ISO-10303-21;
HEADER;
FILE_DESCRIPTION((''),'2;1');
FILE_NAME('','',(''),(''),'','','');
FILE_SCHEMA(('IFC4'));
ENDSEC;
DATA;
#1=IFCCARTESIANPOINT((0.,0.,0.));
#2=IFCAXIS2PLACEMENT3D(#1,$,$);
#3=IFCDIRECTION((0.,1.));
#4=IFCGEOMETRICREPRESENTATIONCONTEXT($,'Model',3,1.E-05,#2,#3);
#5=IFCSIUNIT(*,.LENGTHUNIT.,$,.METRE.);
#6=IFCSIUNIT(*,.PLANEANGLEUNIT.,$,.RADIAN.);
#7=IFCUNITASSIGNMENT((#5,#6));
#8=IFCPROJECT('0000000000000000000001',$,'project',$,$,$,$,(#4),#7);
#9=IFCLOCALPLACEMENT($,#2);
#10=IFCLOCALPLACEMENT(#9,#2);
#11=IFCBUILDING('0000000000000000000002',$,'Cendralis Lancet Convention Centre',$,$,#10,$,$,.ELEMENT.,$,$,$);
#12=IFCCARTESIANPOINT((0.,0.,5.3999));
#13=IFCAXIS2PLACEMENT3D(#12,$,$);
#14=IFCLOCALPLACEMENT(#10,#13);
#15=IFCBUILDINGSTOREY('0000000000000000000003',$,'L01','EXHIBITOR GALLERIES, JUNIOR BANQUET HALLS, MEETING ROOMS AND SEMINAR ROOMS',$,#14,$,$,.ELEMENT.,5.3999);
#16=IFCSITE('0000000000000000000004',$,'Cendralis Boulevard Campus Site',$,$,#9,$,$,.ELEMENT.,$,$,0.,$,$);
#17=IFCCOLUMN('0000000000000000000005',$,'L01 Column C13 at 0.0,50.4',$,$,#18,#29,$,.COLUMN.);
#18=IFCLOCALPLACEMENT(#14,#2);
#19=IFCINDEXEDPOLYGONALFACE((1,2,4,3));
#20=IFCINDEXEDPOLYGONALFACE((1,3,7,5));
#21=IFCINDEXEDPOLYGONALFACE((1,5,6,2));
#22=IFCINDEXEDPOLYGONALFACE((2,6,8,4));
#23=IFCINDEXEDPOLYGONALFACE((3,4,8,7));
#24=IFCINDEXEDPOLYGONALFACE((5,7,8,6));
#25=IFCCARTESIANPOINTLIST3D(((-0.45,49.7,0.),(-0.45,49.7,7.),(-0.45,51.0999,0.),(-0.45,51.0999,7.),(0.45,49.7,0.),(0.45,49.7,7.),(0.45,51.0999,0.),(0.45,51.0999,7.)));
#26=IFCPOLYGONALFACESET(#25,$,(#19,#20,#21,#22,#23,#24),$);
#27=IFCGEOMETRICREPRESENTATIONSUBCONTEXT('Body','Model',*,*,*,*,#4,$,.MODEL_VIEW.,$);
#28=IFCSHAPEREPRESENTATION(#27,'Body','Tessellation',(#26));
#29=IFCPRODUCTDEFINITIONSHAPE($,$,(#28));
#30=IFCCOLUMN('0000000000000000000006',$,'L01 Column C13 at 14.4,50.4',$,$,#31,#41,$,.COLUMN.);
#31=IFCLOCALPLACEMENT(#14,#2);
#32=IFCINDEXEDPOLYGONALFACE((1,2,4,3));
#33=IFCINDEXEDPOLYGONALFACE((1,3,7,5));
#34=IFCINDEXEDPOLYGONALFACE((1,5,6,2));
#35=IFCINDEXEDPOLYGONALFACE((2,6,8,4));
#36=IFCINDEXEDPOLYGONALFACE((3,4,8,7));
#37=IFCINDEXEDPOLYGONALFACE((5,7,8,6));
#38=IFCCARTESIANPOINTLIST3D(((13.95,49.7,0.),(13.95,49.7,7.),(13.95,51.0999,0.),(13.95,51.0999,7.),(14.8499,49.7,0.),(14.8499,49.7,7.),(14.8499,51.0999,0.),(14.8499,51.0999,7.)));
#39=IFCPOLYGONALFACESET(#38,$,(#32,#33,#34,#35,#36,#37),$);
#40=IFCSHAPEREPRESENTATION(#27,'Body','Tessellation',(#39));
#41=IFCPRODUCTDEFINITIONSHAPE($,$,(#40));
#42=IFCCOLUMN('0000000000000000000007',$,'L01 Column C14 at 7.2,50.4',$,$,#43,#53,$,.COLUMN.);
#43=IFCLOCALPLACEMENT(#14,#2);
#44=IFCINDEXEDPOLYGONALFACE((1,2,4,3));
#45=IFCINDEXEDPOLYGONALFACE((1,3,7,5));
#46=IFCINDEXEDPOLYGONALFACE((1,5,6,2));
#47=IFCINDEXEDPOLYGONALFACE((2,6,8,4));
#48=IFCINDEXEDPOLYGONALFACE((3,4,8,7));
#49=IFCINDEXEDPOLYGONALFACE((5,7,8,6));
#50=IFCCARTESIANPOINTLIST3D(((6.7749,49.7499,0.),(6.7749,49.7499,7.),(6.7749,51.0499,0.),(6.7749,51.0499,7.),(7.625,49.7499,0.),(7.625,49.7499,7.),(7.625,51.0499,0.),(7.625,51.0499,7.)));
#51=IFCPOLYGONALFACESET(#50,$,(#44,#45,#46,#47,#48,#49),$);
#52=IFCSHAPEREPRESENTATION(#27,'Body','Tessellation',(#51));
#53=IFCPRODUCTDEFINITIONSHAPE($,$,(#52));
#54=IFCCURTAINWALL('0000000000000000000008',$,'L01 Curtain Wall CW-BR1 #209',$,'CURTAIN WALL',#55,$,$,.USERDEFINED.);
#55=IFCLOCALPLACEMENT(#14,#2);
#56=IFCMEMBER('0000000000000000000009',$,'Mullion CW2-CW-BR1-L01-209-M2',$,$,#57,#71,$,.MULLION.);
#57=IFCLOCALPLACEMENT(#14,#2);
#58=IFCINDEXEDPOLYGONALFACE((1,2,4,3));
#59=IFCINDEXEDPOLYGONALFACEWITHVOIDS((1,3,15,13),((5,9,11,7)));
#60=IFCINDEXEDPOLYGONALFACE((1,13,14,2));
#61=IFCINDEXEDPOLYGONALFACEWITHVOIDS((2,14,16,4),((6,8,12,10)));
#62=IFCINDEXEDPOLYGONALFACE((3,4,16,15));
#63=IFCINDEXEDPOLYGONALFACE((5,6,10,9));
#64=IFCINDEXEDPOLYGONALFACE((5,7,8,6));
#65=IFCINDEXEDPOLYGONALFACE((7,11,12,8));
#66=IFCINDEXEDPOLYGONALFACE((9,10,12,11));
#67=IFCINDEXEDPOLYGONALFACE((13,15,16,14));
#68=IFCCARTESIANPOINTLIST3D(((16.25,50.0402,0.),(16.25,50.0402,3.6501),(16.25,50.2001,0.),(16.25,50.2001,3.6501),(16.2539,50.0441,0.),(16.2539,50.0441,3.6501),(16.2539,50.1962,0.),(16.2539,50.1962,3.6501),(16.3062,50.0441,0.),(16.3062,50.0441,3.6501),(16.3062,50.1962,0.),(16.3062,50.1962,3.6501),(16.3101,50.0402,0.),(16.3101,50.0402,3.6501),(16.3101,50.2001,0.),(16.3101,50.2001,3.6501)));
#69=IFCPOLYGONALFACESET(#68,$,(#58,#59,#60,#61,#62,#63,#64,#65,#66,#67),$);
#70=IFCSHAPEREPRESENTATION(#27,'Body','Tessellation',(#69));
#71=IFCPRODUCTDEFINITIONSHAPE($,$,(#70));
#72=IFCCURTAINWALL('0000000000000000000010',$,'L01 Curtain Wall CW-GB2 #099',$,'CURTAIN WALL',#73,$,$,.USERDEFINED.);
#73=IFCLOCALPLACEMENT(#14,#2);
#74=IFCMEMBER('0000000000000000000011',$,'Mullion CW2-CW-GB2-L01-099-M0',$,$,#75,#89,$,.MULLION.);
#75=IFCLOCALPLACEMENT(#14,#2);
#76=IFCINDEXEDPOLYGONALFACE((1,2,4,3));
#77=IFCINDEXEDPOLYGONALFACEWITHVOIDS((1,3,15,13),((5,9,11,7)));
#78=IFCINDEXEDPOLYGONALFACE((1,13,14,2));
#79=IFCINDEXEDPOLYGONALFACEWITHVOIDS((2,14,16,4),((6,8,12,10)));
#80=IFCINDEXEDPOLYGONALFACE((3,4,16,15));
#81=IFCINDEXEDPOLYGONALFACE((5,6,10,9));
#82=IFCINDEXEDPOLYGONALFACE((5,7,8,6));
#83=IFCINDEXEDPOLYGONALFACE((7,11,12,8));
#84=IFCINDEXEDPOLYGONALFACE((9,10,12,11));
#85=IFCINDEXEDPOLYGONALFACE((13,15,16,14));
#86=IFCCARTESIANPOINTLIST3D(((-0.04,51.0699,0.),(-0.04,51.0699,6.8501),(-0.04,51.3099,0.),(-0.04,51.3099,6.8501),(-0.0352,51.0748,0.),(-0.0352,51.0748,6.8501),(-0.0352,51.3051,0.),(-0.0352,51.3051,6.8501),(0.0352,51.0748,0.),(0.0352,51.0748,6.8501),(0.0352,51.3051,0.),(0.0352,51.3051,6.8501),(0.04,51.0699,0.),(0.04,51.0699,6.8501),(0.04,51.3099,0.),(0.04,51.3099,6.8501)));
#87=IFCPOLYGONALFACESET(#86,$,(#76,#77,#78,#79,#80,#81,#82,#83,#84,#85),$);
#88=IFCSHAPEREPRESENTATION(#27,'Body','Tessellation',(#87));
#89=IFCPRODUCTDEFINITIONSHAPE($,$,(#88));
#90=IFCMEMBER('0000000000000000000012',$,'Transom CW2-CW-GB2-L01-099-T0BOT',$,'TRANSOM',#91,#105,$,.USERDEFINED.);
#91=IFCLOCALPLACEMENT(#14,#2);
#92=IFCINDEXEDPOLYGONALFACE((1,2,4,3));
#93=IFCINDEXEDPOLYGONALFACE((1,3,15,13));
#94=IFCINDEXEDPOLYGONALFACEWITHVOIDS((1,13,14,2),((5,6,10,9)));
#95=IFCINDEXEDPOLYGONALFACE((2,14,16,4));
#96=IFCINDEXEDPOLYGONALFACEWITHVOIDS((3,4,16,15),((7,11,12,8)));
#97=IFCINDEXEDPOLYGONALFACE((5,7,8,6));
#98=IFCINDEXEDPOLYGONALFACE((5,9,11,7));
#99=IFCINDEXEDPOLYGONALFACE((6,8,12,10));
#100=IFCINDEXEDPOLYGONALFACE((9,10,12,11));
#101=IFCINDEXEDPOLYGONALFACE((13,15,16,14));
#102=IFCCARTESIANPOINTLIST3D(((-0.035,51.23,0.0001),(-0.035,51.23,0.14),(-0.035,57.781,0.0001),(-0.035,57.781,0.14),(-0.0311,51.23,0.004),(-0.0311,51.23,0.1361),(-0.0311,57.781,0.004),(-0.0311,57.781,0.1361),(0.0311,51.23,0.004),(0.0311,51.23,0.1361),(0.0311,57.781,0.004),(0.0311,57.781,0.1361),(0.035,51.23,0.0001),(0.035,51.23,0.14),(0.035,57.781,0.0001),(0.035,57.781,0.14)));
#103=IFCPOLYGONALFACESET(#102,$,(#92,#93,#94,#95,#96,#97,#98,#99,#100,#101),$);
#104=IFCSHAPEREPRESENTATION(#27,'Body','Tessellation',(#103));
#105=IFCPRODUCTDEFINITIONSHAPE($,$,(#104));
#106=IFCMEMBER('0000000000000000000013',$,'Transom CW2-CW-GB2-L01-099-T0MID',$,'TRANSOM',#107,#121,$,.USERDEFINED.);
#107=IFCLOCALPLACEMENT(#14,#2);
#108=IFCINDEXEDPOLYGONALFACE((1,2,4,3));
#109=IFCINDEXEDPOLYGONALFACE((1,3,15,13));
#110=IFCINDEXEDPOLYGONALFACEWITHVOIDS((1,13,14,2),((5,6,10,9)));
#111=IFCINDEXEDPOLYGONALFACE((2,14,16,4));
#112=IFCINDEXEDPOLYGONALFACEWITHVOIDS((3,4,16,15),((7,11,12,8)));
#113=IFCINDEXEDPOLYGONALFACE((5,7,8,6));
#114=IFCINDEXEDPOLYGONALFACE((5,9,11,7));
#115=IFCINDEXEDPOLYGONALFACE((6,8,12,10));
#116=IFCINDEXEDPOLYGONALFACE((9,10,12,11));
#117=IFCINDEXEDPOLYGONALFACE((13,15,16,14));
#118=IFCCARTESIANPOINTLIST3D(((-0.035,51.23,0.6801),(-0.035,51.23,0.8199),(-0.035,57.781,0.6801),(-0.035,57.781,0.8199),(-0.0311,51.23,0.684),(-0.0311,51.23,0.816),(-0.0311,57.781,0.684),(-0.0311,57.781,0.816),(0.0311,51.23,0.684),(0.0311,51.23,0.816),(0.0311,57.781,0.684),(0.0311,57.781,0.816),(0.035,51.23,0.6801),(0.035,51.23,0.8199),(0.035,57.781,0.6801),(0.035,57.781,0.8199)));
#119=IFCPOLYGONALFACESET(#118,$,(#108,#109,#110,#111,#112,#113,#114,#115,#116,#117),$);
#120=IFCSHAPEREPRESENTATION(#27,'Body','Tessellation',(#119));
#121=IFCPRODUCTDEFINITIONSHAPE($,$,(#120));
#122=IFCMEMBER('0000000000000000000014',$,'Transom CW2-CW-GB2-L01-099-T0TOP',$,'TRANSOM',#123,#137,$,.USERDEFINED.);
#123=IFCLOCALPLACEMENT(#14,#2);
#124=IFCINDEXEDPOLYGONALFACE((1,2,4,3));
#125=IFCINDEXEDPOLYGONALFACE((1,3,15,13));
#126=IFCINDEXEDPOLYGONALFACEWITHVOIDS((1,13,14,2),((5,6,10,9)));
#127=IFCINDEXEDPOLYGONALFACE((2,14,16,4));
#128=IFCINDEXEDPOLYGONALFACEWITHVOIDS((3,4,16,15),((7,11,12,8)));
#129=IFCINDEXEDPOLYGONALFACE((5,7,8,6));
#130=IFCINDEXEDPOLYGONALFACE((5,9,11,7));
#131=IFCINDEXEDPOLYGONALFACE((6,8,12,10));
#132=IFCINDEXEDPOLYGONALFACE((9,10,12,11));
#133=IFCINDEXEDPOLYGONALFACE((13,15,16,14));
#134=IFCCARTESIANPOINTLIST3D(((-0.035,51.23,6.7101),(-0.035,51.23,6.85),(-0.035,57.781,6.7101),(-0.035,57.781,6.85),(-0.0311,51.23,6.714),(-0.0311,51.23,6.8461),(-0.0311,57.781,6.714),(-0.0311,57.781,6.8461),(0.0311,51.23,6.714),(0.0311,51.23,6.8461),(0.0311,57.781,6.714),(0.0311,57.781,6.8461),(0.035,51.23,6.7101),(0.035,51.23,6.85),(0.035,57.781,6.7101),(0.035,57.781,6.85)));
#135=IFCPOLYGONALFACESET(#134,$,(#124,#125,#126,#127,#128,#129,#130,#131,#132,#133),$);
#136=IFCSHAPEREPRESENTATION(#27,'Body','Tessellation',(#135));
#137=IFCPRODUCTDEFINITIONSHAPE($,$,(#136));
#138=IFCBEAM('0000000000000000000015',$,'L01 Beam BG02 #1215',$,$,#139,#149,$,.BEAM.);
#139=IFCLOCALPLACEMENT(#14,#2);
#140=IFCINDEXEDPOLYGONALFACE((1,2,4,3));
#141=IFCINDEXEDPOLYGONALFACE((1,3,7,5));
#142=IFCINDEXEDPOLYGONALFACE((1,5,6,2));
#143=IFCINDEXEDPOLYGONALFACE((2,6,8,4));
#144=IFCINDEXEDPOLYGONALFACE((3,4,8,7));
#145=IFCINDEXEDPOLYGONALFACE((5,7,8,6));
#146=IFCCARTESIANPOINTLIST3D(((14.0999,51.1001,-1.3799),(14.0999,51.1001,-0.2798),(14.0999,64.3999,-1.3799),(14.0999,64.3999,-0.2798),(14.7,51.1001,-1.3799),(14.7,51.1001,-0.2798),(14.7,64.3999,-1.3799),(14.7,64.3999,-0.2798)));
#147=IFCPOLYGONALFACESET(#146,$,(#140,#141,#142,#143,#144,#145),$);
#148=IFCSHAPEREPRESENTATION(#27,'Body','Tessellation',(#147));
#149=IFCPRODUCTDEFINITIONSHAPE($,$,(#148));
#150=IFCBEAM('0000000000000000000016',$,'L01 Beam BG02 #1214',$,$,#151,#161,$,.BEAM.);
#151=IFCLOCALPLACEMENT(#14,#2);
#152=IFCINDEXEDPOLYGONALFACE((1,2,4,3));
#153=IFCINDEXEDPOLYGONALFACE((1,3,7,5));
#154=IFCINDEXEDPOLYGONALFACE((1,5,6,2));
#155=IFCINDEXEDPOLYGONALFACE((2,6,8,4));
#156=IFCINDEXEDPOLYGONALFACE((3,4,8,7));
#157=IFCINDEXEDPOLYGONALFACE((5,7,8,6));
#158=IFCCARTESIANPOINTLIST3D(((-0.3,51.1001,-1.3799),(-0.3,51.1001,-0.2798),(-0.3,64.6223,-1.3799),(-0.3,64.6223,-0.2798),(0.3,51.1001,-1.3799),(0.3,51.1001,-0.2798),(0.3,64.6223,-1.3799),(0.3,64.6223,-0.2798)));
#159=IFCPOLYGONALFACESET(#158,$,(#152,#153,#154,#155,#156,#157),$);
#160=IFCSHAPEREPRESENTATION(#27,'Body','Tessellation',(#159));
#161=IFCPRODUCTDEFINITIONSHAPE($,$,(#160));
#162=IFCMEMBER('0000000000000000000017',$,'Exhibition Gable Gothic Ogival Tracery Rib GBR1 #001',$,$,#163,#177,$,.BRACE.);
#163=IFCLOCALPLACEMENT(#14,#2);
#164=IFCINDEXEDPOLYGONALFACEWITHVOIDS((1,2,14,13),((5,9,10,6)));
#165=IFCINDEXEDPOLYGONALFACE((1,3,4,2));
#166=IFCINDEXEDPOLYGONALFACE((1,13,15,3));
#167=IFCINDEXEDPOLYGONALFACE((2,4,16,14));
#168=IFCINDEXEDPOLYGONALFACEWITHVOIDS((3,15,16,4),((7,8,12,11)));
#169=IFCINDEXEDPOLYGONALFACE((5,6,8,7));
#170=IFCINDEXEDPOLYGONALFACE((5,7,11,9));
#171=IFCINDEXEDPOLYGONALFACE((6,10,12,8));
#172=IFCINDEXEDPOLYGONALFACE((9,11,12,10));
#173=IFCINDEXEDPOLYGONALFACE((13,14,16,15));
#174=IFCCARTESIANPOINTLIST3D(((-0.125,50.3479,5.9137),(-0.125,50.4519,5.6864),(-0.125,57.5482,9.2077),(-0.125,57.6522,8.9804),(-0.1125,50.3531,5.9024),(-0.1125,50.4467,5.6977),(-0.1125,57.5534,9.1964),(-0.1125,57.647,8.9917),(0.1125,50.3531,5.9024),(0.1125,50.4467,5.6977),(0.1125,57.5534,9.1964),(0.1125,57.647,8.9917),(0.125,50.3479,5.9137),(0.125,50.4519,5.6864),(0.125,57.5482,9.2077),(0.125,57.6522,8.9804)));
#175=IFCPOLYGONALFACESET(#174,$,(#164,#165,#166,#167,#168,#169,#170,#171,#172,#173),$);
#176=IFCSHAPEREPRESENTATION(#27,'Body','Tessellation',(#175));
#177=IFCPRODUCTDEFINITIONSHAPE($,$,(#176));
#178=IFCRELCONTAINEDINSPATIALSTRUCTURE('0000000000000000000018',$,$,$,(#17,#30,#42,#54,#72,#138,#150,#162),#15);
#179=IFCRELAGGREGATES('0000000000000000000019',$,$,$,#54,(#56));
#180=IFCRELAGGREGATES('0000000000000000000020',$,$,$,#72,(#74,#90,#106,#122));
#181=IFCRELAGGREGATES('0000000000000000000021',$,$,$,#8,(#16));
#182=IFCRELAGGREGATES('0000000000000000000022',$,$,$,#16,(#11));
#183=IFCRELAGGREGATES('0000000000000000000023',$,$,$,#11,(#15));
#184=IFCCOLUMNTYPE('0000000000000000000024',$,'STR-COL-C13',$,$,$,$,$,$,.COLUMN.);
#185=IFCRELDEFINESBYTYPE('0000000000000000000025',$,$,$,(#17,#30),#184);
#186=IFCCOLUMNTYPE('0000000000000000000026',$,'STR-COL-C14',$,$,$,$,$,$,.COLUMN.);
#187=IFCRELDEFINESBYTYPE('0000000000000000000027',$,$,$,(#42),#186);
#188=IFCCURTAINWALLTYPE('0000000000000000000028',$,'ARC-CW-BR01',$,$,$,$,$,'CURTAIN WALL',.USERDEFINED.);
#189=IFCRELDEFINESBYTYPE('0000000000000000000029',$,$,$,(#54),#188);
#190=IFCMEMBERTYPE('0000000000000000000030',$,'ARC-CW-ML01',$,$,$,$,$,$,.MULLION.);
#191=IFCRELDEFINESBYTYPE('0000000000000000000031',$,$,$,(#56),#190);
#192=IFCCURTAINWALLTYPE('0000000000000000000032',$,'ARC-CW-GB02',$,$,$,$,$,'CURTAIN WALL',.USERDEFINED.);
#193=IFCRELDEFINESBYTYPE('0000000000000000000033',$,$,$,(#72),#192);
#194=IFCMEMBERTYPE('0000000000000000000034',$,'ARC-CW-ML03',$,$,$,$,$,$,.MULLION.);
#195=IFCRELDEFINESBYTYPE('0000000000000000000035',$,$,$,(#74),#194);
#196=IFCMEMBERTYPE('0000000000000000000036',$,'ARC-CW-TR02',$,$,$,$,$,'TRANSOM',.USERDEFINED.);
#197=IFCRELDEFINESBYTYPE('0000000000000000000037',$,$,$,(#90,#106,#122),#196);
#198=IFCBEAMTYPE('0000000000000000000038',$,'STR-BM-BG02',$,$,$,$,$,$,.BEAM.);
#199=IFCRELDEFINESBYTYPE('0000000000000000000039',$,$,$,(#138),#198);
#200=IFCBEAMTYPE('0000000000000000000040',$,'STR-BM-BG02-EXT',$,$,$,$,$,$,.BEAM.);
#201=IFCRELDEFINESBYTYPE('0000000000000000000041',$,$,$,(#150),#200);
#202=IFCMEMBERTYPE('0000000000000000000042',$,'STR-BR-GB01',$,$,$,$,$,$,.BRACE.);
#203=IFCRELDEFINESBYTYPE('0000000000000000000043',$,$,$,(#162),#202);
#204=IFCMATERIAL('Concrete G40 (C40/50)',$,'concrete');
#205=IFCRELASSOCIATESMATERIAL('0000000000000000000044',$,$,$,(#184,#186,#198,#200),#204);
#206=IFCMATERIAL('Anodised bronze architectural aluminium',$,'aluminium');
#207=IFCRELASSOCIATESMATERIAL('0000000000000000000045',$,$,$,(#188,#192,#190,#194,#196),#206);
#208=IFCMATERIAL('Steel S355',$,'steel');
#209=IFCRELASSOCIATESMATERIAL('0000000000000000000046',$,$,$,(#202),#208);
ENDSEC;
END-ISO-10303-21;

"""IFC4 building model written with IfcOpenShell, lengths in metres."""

from ifc_helpers import new_model, si_unit, direction, frame, origin, origin_2d, place, context, subcontext, project, spatial, rectangle, hollow_rectangle, extrude, material, material_profile, profile_set, type_object, element, aggregate, save


model = new_model("IFC4")

# Units and contexts
model_context = context("Model", 3, precision=1e-05, world=origin(), true_north=direction((0.0, 1.0)))
body_context = subcontext(model_context, "Body", "Model", "MODEL_VIEW")
ifc_project = project(units=[si_unit("LENGTHUNIT", "METRE"), si_unit("PLANEANGLEUNIT", "RADIAN")], contexts=[model_context])

# Site, building, storey
site_placement = place(None, origin())
site = spatial("IfcSite", under=ifc_project, at=site_placement, Name="Cendralis Boulevard Campus Site", CompositionType="ELEMENT", RefElevation=0.0)
building_placement = place(site_placement, origin())
building = spatial("IfcBuilding", under=site, at=building_placement, Name="Cendralis Lancet Convention Centre", CompositionType="ELEMENT")
storey_placement = place(building_placement, frame((0.0, 0.0, 5.3999)))
storey = spatial("IfcBuildingStorey", under=building, at=storey_placement, Name="L01", Description="EXHIBITOR GALLERIES, JUNIOR BANQUET HALLS, MEETING ROOMS AND SEMINAR ROOMS", CompositionType="ELEMENT", Elevation=5.3999)

# Columns
ifc_material_1 = material(Name="Concrete G40 (C40/50)", Category="concrete")
ifc_material_profile_1 = material_profile(ifc_material_1, rectangle(XDim=0.8999, YDim=1.3999, at=origin_2d()), Name="RC 900x1400")
ifc_profile_set_1 = profile_set([ifc_material_profile_1], Name="Concrete G40 (C40/50)")
column_type_1 = type_object("IfcColumnType", Name="STR-COL-C13", PredefinedType="COLUMN", material=ifc_profile_set_1)
for number, where, z_axis, x_axis, name in (
    (1, (0.0, 50.3999, 0.0), (0.0, 0.0, 1.0), (1.0, 0.0, 0.0), "L01 Column C13 at 0.0,50.4"),
    (2, (14.3999, 50.3999, 0.0), (0.0, 0.0, 1.0), (1.0, 0.0, 0.0), "L01 Column C13 at 14.4,50.4"),
):
    element("IfcColumn", number, at=place(storey_placement, frame(where, z_axis=z_axis, x_axis=x_axis)), inside=storey, type_object=column_type_1, Name=name, PredefinedType="COLUMN", context=body_context, shape_type="SweptSolid", body=[
        extrude(rectangle(XDim=0.8999, YDim=1.3999, at=origin_2d()), origin(), (0.0, 0.0, 1.0), 7.0),
    ])
ifc_material_profile_2 = material_profile(ifc_material_1, rectangle(XDim=0.8501, YDim=1.3, at=origin_2d()), Name="RC 850x1300")
ifc_profile_set_2 = profile_set([ifc_material_profile_2], Name="Concrete G40 (C40/50)")
column_type_2 = type_object("IfcColumnType", Name="STR-COL-C14", PredefinedType="COLUMN", material=ifc_profile_set_2)
column_placement = place(storey_placement, frame((7.2, 50.3999, 0.0), z_axis=(0.0, 0.0, 1.0), x_axis=(1.0, 0.0, 0.0)))
element("IfcColumn", 3, at=column_placement, inside=storey, type_object=column_type_2, Name="L01 Column C14 at 7.2,50.4", PredefinedType="COLUMN", context=body_context, shape_type="SweptSolid", body=[
    extrude(rectangle(XDim=0.8501, YDim=1.3, at=origin_2d()), origin(), (0.0, 0.0, 1.0), 7.0),
])

# Curtain wall, member
ifc_material_2 = material(Name="Anodised bronze architectural aluminium", Category="aluminium")
curtain_wall_type_1 = type_object("IfcCurtainWallType", Name="ARC-CW-BR01", ElementType="CURTAIN WALL", PredefinedType="USERDEFINED", material=ifc_material_2)
curtain_wall_1_placement = place(storey_placement, origin())
curtain_wall_1 = element("IfcCurtainWall", 4, at=curtain_wall_1_placement, inside=storey, type_object=curtain_wall_type_1, Name="L01 Curtain Wall CW-BR1 #209", ObjectType="CURTAIN WALL", PredefinedType="USERDEFINED")
ifc_material_profile_3 = material_profile(ifc_material_2, hollow_rectangle(XDim=0.0601, YDim=0.1599, WallThickness=0.0039, at=origin_2d()), Name="AL-MULL 60x160x4.0")
ifc_profile_set_3 = profile_set([ifc_material_profile_3], Name="Anodised bronze architectural aluminium")
member_type_1 = type_object("IfcMemberType", Name="ARC-CW-ML01", PredefinedType="MULLION", material=ifc_profile_set_3)
member_1_placement = place(storey_placement, frame((16.28, 50.1201, 0.0), z_axis=(0.0, 0.0, 1.0), x_axis=(1.0, 0.0, 0.0)))
member_1 = element("IfcMember", 5, at=member_1_placement, type_object=member_type_1, Name="Mullion CW2-CW-BR1-L01-209-M2", PredefinedType="MULLION", context=body_context, shape_type="SweptSolid", body=[
    extrude(hollow_rectangle(XDim=0.0601, YDim=0.1599, WallThickness=0.0039, at=origin_2d()), origin(), (0.0, 0.0, 1.0), 3.6501),
])
aggregate(curtain_wall_1, [member_1])

# Curtain wall, members
curtain_wall_type_2 = type_object("IfcCurtainWallType", Name="ARC-CW-GB02", ElementType="CURTAIN WALL", PredefinedType="USERDEFINED", material=ifc_material_2)
curtain_wall_2_placement = place(storey_placement, origin())
curtain_wall_2 = element("IfcCurtainWall", 6, at=curtain_wall_2_placement, inside=storey, type_object=curtain_wall_type_2, Name="L01 Curtain Wall CW-GB2 #099", ObjectType="CURTAIN WALL", PredefinedType="USERDEFINED")
ifc_material_profile_4 = material_profile(ifc_material_2, hollow_rectangle(XDim=0.0801, YDim=0.24, WallThickness=0.0049, at=origin_2d()), Name="AL-MULL 80x240x5.0")
ifc_profile_set_4 = profile_set([ifc_material_profile_4], Name="Anodised bronze architectural aluminium")
member_type_2 = type_object("IfcMemberType", Name="ARC-CW-ML03", PredefinedType="MULLION", material=ifc_profile_set_4)
member_2_placement = place(storey_placement, frame((0.0, 51.1899, 0.0), z_axis=(0.0, 0.0, 1.0), x_axis=(1.0, 0.0, 0.0)))
member_2 = element("IfcMember", 7, at=member_2_placement, type_object=member_type_2, Name="Mullion CW2-CW-GB2-L01-099-M0", PredefinedType="MULLION", context=body_context, shape_type="SweptSolid", body=[
    extrude(hollow_rectangle(XDim=0.0801, YDim=0.24, WallThickness=0.0049, at=origin_2d()), origin(), (0.0, 0.0, 1.0), 6.8501),
])
ifc_material_profile_5 = material_profile(ifc_material_2, hollow_rectangle(XDim=0.0701, YDim=0.1399, WallThickness=0.0039, at=origin_2d()), Name="AL-TRAN 70x140x4.0")
ifc_profile_set_5 = profile_set([ifc_material_profile_5], Name="Anodised bronze architectural aluminium")
member_type_3 = type_object("IfcMemberType", Name="ARC-CW-TR02", ElementType="TRANSOM", PredefinedType="USERDEFINED", material=ifc_profile_set_5)
member_3_placement = place(storey_placement, frame((0.0, 51.23, 0.0701), z_axis=(0.0, 1.0, 0.0), x_axis=(-1.0, 0.0, 0.0)))
member_3 = element("IfcMember", 8, at=member_3_placement, type_object=member_type_3, Name="Transom CW2-CW-GB2-L01-099-T0BOT", ObjectType="TRANSOM", PredefinedType="USERDEFINED", context=body_context, shape_type="SweptSolid", body=[
    extrude(hollow_rectangle(XDim=0.0701, YDim=0.1399, WallThickness=0.0039, at=origin_2d()), origin(), (0.0, 0.0, 1.0), 6.551),
])
member_4_placement = place(storey_placement, frame((0.0, 51.23, 0.75), z_axis=(0.0, 1.0, 0.0), x_axis=(-1.0, 0.0, 0.0)))
member_4 = element("IfcMember", 9, at=member_4_placement, type_object=member_type_3, Name="Transom CW2-CW-GB2-L01-099-T0MID", ObjectType="TRANSOM", PredefinedType="USERDEFINED", context=body_context, shape_type="SweptSolid", body=[
    extrude(hollow_rectangle(XDim=0.0701, YDim=0.1399, WallThickness=0.0039, at=origin_2d()), origin(), (0.0, 0.0, 1.0), 6.551),
])
member_5_placement = place(storey_placement, frame((0.0, 51.23, 6.78), z_axis=(0.0, 1.0, 0.0), x_axis=(-1.0, 0.0, 0.0)))
member_5 = element("IfcMember", 10, at=member_5_placement, type_object=member_type_3, Name="Transom CW2-CW-GB2-L01-099-T0TOP", ObjectType="TRANSOM", PredefinedType="USERDEFINED", context=body_context, shape_type="SweptSolid", body=[
    extrude(hollow_rectangle(XDim=0.0701, YDim=0.1399, WallThickness=0.0039, at=origin_2d()), origin(), (0.0, 0.0, 1.0), 6.551),
])
aggregate(curtain_wall_2, [member_2, member_3, member_4, member_5])

# Beams
ifc_material_profile_6 = material_profile(ifc_material_1, rectangle(XDim=0.6001, YDim=1.1001, at=origin_2d()), Name="RCB 600x1100")
ifc_profile_set_6 = profile_set([ifc_material_profile_6], Name="Concrete G40 (C40/50)")
beam_type_1 = type_object("IfcBeamType", Name="STR-BM-BG02", PredefinedType="BEAM", material=ifc_profile_set_6)
beam_1_placement = place(storey_placement, frame((14.3999, 51.1001, -0.8298), z_axis=(0.0, 1.0, 0.0), x_axis=(-1.0, 0.0, 0.0)))
element("IfcBeam", 11, at=beam_1_placement, inside=storey, type_object=beam_type_1, Name="L01 Beam BG02 #1215", PredefinedType="BEAM", context=body_context, shape_type="SweptSolid", body=[
    extrude(rectangle(XDim=0.6001, YDim=1.1001, at=origin_2d()), origin(), (0.0, 0.0, 1.0), 13.2998),
])
ifc_material_profile_7 = material_profile(ifc_material_1, rectangle(XDim=0.6001, YDim=1.1001, at=origin_2d()), Name="RCB 600x1100")
ifc_profile_set_7 = profile_set([ifc_material_profile_7], Name="Concrete G40 (C40/50)")
beam_type_2 = type_object("IfcBeamType", Name="STR-BM-BG02-EXT", PredefinedType="BEAM", material=ifc_profile_set_7)
beam_2_placement = place(storey_placement, frame((0.0, 51.1001, -0.8298), z_axis=(0.0, 1.0, 0.0), x_axis=(-1.0, 0.0, 0.0)))
element("IfcBeam", 12, at=beam_2_placement, inside=storey, type_object=beam_type_2, Name="L01 Beam BG02 #1214", PredefinedType="BEAM", context=body_context, shape_type="SweptSolid", body=[
    extrude(rectangle(XDim=0.6001, YDim=1.1001, at=origin_2d()), origin(), (0.0, 0.0, 1.0), 13.5222),
])

# Member
ifc_material_3 = material(Name="Steel S355", Category="steel")
ifc_material_profile_8 = material_profile(ifc_material_3, hollow_rectangle(XDim=0.25, YDim=0.25, WallThickness=0.0125, at=origin_2d()), Name="SHS 250x250x12.5")
ifc_profile_set_8 = profile_set([ifc_material_profile_8], Name="Steel S355")
member_type_4 = type_object("IfcMemberType", Name="STR-BR-GB01", PredefinedType="BRACE", material=ifc_profile_set_8)
member_6_placement = place(storey_placement, frame((0.0, 50.3999, 5.8), z_axis=(0.0, 0.909359, 0.416013), x_axis=(-1.0, 0.0, 0.0)))
element("IfcMember", 13, at=member_6_placement, inside=storey, type_object=member_type_4, Name="Exhibition Gable Gothic Ogival Tracery Rib GBR1 #001", PredefinedType="BRACE", context=body_context, shape_type="SweptSolid", body=[
    extrude(hollow_rectangle(XDim=0.25, YDim=0.25, WallThickness=0.0125, at=origin_2d()), origin(), (0.0, 0.0, 1.0), 7.918),
])

save(model, "model.ifc")
